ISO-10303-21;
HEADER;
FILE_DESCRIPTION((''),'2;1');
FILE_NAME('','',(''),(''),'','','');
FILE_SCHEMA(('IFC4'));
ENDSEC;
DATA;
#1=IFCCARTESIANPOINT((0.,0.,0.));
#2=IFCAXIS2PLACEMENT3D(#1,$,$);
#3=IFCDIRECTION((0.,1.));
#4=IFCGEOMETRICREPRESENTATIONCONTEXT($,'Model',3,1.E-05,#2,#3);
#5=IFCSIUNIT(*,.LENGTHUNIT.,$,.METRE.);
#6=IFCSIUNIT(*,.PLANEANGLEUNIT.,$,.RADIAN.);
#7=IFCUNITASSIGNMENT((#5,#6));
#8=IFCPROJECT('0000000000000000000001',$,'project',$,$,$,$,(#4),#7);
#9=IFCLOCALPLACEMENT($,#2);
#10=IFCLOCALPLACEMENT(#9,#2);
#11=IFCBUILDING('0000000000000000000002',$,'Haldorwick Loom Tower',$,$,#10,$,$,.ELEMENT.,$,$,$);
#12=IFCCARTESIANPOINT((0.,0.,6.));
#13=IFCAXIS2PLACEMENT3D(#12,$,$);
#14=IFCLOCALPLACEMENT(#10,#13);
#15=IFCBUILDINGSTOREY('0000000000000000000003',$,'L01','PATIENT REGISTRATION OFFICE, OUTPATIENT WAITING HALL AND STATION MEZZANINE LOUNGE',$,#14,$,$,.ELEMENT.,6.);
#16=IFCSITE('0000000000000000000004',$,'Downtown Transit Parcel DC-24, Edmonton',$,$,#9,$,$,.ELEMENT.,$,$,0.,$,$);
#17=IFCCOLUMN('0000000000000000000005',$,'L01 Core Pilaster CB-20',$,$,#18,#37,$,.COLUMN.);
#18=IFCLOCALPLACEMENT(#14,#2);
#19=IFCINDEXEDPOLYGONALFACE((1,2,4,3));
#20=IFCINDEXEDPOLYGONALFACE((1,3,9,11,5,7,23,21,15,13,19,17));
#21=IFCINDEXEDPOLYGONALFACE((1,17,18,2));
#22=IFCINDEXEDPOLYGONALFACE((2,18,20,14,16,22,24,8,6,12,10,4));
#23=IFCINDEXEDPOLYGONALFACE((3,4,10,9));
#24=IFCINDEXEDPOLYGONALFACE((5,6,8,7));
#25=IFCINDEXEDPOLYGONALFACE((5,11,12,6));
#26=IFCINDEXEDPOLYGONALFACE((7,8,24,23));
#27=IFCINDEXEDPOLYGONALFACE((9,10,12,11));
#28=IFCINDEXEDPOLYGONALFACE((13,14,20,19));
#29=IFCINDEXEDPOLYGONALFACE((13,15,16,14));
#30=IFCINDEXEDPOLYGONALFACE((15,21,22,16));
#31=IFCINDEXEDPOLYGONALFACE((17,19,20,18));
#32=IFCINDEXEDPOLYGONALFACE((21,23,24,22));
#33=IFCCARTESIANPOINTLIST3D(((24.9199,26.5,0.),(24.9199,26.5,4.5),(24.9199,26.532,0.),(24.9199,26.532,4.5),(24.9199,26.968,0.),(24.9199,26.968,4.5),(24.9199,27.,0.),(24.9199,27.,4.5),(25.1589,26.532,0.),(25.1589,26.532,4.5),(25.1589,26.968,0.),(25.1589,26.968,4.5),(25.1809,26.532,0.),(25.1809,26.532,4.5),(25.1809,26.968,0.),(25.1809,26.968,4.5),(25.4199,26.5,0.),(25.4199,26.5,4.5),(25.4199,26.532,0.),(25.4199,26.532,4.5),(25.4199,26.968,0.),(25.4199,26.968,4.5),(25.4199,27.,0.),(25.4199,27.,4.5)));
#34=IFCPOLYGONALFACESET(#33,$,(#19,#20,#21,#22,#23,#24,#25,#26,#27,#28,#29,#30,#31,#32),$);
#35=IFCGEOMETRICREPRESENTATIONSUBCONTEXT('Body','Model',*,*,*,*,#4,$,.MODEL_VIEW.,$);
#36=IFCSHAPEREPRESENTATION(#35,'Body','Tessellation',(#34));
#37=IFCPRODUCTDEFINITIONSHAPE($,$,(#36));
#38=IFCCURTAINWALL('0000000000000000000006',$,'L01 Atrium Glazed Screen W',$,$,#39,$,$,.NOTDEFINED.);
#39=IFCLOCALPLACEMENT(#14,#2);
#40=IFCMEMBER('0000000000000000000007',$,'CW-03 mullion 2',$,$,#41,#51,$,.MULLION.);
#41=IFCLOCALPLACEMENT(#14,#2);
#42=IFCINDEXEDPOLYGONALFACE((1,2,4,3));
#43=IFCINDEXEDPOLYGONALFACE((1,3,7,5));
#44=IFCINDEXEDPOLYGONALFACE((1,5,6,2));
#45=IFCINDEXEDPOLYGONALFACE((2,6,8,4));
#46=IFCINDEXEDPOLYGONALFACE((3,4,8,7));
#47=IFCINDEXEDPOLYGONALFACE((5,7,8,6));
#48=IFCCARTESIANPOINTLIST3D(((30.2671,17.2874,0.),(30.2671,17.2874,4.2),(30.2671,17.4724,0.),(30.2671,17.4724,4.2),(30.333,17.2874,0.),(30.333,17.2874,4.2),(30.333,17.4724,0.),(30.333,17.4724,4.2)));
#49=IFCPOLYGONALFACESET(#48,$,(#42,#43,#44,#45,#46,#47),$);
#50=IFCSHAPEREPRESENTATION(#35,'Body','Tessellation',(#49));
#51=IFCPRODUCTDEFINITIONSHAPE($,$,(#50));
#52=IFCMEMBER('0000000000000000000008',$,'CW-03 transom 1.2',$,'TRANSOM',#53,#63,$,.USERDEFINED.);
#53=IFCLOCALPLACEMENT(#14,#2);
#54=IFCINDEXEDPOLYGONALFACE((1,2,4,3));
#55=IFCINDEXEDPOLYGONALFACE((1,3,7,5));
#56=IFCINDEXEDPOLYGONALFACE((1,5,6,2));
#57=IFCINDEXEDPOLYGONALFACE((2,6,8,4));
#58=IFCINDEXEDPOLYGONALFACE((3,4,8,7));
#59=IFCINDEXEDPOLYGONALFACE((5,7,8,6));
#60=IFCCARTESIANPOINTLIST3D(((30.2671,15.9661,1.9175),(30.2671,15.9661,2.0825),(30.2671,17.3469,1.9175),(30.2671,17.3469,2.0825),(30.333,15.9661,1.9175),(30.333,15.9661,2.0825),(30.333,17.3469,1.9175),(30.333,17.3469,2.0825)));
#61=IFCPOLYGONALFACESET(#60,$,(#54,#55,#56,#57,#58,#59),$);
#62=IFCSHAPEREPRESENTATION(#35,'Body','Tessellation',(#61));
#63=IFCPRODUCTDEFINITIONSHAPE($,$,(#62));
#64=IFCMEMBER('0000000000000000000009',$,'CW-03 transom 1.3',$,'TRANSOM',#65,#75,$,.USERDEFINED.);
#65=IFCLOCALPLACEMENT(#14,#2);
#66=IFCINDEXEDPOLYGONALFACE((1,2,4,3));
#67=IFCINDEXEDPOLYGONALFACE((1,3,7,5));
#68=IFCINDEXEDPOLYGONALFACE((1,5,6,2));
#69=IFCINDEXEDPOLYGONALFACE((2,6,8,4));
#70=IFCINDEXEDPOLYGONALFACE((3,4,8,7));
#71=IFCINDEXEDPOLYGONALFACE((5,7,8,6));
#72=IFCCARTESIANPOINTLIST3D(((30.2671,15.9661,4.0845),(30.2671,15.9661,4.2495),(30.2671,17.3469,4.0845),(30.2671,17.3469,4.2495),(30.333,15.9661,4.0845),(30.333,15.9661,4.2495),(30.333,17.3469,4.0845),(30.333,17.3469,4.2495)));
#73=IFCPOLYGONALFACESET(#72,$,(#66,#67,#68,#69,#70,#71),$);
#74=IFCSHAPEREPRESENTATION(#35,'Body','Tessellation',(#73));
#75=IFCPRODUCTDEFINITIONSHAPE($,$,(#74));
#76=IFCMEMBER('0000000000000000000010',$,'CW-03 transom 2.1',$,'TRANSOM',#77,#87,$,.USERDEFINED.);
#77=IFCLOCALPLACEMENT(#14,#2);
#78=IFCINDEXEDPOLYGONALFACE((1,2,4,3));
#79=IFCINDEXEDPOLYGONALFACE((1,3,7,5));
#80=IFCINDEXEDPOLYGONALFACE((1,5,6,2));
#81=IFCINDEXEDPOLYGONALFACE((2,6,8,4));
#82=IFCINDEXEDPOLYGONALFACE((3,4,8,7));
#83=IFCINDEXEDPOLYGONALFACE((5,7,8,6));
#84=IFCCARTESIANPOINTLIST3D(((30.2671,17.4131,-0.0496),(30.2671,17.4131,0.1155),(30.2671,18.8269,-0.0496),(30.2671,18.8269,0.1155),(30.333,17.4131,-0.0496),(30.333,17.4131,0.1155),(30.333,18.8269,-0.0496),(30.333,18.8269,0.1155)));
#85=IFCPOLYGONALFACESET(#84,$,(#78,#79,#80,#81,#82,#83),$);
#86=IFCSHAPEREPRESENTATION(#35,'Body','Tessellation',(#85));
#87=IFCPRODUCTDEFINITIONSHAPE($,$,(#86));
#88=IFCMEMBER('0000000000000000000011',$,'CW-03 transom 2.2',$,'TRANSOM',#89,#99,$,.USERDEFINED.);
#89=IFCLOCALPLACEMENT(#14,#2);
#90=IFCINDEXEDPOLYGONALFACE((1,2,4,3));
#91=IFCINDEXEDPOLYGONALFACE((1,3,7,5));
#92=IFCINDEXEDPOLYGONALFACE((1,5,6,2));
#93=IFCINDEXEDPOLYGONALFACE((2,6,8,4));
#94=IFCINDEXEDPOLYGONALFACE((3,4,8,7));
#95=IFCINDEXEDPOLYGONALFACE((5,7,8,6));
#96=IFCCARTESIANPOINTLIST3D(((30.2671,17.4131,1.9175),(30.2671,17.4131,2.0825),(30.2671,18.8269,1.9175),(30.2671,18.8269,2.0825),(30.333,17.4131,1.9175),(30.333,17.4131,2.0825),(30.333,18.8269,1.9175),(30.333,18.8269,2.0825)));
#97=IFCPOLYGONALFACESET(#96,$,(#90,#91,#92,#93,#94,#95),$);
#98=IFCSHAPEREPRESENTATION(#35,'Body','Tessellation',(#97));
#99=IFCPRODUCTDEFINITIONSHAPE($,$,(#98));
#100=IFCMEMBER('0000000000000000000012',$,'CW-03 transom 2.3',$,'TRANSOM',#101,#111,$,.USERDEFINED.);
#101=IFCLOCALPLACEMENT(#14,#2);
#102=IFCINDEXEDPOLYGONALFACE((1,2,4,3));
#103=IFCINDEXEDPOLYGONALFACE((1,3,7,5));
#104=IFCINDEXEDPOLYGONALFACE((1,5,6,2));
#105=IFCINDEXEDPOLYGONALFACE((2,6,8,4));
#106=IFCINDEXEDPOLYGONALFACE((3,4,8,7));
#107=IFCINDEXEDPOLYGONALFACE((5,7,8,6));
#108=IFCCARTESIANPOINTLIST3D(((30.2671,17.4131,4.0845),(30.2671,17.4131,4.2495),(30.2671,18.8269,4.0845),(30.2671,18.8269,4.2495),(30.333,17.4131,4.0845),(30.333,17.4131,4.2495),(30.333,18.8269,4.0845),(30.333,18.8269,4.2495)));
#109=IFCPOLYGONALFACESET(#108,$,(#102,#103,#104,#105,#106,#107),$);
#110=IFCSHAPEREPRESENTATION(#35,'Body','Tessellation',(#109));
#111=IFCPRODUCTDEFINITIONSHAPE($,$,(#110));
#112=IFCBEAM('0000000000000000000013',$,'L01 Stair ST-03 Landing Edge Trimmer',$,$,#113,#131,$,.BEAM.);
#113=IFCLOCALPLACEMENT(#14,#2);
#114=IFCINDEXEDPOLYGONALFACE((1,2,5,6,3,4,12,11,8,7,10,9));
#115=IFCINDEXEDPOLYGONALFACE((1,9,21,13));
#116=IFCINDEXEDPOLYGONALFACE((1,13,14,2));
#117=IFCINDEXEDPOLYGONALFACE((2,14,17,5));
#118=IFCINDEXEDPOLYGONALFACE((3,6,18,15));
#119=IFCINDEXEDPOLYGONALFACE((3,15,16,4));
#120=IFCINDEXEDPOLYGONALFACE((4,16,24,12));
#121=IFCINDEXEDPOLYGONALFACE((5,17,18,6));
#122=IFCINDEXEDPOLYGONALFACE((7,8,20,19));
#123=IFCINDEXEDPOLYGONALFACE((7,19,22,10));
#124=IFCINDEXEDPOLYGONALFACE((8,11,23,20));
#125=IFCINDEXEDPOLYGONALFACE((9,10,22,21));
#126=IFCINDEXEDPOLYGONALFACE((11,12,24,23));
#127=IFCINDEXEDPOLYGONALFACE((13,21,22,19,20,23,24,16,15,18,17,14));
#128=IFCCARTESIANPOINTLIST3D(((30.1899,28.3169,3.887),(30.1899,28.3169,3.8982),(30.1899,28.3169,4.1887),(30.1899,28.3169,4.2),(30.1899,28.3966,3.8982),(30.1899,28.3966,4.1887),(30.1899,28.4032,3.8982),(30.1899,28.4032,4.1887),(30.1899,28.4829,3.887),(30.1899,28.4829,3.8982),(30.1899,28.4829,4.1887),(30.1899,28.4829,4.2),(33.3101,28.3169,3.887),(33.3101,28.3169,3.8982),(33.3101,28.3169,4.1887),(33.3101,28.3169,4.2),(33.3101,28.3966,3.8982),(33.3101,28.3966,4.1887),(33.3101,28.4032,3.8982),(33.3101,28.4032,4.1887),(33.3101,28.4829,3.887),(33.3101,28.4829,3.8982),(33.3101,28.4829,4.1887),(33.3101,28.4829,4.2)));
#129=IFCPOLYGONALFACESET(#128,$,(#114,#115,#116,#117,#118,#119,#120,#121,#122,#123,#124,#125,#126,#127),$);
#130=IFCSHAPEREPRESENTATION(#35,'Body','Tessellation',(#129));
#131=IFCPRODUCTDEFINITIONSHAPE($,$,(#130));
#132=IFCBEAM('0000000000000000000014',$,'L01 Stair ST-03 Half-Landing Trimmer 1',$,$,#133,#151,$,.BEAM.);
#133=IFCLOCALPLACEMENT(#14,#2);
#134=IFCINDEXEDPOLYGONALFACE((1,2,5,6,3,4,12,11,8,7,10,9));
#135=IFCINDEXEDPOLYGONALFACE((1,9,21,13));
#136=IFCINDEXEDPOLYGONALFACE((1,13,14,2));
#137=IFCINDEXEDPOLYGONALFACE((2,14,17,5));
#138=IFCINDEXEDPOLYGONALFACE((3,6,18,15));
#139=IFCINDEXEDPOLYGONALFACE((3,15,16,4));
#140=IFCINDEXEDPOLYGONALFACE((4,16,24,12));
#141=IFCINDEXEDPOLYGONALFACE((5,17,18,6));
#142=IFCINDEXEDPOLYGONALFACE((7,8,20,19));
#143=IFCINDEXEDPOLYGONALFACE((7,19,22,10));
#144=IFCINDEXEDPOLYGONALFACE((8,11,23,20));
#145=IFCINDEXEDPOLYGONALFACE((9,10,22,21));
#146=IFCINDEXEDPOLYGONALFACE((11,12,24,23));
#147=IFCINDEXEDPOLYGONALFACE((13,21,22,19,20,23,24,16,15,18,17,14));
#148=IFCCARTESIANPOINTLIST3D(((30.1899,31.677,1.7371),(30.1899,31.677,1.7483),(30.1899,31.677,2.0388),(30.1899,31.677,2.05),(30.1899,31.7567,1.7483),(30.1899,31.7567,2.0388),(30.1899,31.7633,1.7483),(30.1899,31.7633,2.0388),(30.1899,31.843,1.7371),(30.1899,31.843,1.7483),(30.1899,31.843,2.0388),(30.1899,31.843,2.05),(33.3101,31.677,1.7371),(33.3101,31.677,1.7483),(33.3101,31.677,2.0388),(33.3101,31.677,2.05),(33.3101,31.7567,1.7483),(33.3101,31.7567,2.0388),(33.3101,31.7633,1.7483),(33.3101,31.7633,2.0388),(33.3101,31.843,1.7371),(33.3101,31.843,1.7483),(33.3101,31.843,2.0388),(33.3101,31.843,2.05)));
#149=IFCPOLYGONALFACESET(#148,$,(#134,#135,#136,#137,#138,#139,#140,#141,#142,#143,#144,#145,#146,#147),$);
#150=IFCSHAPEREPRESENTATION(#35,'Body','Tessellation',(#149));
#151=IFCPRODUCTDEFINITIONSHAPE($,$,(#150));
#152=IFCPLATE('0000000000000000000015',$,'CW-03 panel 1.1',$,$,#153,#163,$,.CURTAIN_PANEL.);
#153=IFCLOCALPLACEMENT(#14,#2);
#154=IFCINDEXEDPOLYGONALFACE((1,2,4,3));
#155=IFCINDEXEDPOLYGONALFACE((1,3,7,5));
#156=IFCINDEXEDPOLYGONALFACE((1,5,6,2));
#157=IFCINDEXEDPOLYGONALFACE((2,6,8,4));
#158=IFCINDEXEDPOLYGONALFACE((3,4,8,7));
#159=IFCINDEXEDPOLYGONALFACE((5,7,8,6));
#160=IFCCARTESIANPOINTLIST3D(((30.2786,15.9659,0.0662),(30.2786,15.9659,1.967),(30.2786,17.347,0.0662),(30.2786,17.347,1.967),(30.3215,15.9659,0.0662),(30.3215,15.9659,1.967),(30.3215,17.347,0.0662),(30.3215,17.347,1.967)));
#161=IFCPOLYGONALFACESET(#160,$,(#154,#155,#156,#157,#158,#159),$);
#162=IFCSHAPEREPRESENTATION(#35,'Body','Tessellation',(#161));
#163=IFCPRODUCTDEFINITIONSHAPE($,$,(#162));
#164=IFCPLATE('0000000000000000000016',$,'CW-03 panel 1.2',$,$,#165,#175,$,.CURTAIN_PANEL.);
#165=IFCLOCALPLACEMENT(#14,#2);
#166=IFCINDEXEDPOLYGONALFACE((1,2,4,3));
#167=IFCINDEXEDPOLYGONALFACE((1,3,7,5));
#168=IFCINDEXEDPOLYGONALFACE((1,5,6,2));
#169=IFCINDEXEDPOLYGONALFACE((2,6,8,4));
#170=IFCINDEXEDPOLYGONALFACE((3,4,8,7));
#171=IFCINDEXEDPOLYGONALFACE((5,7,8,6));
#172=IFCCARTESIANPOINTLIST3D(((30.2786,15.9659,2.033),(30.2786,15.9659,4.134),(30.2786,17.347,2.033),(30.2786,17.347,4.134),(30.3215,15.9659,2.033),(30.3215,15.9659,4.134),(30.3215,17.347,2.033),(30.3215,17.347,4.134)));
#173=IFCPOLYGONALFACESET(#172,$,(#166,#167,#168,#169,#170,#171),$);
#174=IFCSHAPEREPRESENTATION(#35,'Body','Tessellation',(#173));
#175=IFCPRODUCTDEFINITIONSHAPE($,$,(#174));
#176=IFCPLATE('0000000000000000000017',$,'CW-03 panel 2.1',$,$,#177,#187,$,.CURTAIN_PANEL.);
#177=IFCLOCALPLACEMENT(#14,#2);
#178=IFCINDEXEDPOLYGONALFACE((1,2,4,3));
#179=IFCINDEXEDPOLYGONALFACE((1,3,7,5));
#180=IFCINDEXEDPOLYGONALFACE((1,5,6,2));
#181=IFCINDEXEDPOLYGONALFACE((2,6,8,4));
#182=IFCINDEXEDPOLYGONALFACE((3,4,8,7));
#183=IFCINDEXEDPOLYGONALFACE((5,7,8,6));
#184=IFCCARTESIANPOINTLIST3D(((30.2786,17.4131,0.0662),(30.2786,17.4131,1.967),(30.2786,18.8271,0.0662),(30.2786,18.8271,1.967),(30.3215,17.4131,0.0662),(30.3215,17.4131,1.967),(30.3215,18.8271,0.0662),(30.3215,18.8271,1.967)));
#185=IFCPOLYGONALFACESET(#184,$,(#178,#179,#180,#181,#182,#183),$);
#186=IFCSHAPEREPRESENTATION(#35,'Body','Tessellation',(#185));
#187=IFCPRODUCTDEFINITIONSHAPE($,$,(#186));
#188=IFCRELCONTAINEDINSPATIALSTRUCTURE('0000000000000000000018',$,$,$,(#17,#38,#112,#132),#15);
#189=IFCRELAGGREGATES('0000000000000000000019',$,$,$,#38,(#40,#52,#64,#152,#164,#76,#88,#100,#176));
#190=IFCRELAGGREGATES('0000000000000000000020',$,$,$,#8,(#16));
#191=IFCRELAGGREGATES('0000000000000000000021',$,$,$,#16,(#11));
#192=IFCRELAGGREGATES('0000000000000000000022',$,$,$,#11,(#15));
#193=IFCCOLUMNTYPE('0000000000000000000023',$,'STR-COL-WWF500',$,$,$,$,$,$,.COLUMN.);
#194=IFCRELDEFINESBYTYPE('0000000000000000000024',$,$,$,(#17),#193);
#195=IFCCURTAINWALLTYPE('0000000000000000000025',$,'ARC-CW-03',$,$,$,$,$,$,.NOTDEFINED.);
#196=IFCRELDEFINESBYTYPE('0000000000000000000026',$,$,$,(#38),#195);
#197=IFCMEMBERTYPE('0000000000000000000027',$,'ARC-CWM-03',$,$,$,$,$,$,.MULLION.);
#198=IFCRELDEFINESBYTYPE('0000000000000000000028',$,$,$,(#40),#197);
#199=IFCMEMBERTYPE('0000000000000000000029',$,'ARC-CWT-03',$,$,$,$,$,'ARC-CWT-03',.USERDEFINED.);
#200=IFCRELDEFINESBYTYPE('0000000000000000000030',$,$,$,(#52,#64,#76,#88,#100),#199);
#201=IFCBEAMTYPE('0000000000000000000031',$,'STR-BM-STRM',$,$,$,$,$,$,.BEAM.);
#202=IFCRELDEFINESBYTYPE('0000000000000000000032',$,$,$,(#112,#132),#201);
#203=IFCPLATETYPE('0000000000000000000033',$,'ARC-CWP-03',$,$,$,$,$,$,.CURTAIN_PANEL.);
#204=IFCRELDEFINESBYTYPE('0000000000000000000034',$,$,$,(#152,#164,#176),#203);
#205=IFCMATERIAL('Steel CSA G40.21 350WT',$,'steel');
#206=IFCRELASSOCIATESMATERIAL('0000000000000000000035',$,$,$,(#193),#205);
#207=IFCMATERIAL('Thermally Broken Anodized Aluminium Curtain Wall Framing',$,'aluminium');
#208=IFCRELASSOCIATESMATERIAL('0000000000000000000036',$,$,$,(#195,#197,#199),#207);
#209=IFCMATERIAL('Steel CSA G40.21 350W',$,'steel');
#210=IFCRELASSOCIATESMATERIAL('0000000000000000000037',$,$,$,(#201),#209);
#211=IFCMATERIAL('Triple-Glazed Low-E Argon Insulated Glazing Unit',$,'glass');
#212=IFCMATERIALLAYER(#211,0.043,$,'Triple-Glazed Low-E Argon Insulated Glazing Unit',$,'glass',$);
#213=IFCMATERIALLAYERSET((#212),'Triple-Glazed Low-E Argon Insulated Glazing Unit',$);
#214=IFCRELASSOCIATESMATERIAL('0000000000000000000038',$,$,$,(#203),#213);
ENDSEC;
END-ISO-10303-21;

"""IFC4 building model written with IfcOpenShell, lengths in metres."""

from ifc_helpers import new_model, si_unit, direction, frame, origin, origin_2d, place, context, subcontext, project, spatial, rectangle, i_section, extrude, material, layer, layer_set, material_profile, profile_set, type_object, element, aggregate, save


model = new_model("IFC4")

# Units and contexts
model_context = context("Model", 3, precision=1e-05, world=origin(), true_north=direction((0.0, 1.0)))
body_context = subcontext(model_context, "Body", "Model", "MODEL_VIEW")
ifc_project = project(units=[si_unit("LENGTHUNIT", "METRE"), si_unit("PLANEANGLEUNIT", "RADIAN")], contexts=[model_context])

# Site, building, storey
site_placement = place(None, origin())
site = spatial("IfcSite", under=ifc_project, at=site_placement, Name="Downtown Transit Parcel DC-24, Edmonton", CompositionType="ELEMENT", RefElevation=0.0)
building_placement = place(site_placement, origin())
building = spatial("IfcBuilding", under=site, at=building_placement, Name="Haldorwick Loom Tower", CompositionType="ELEMENT")
storey_placement = place(building_placement, frame((0.0, 0.0, 6.0)))
storey = spatial("IfcBuildingStorey", under=building, at=storey_placement, Name="L01", Description="PATIENT REGISTRATION OFFICE, OUTPATIENT WAITING HALL AND STATION MEZZANINE LOUNGE", CompositionType="ELEMENT", Elevation=6.0)

# Column
ifc_material_1 = material(Name="Steel CSA G40.21 350WT", Category="steel")
ifc_material_profile_1 = material_profile(ifc_material_1, i_section(OverallWidth=0.5, OverallDepth=0.5, WebThickness=0.022, FlangeThickness=0.032, at=origin_2d()), Name="WWF500X500", Category="steel")
ifc_profile_set_1 = profile_set([ifc_material_profile_1], Name="Steel CSA G40.21 350WT")
column_type = type_object("IfcColumnType", Name="STR-COL-WWF500", PredefinedType="COLUMN", material=ifc_profile_set_1)
column_placement = place(storey_placement, frame((25.1699, 26.75, 0.0), z_axis=(0.0, 0.0, 1.0), x_axis=(1.0, 0.0, 0.0)))
element("IfcColumn", 1, at=column_placement, inside=storey, type_object=column_type, Name="L01 Core Pilaster CB-20", PredefinedType="COLUMN", context=body_context, shape_type="SweptSolid", body=[
    extrude(i_section(OverallWidth=0.5, OverallDepth=0.5, WebThickness=0.022, FlangeThickness=0.032, at=origin_2d()), origin(), (0.0, 0.0, 1.0), 4.5),
])

# Curtain wall, members
ifc_material_2 = material(Name="Thermally Broken Anodized Aluminium Curtain Wall Framing", Category="aluminium")
curtain_wall_type = type_object("IfcCurtainWallType", Name="ARC-CW-03", PredefinedType="NOTDEFINED", material=ifc_material_2)
curtain_wall_placement = place(storey_placement, origin())
curtain_wall = element("IfcCurtainWall", 2, at=curtain_wall_placement, inside=storey, type_object=curtain_wall_type, Name="L01 Atrium Glazed Screen W", PredefinedType="NOTDEFINED")
ifc_material_profile_2 = material_profile(ifc_material_2, rectangle(XDim=0.0659, YDim=0.1851, at=origin_2d()), Name="ALU_MUL_66X185", Category="aluminium")
ifc_profile_set_2 = profile_set([ifc_material_profile_2], Name="Thermally Broken Anodized Aluminium Curtain Wall Framing")
member_type_1 = type_object("IfcMemberType", Name="ARC-CWM-03", PredefinedType="MULLION", material=ifc_profile_set_2)
member_1_placement = place(storey_placement, frame((30.3, 17.3799, 0.0), z_axis=(0.0, 0.0, 1.0), x_axis=(-1.0, 0.0, 0.0)))
member_1 = element("IfcMember", 3, at=member_1_placement, type_object=member_type_1, Name="CW-03 mullion 2", PredefinedType="MULLION", context=body_context, shape_type="SweptSolid", body=[
    extrude(rectangle(XDim=0.0659, YDim=0.1851, at=origin_2d()), origin(), (0.0, 0.0, 1.0), 4.2),
])
ifc_material_profile_3 = material_profile(ifc_material_2, rectangle(XDim=0.0659, YDim=0.165, at=origin_2d()), Name="ALU_TRN_66X165", Category="aluminium")
ifc_profile_set_3 = profile_set([ifc_material_profile_3], Name="Thermally Broken Anodized Aluminium Curtain Wall Framing")
member_type_2 = type_object("IfcMemberType", Name="ARC-CWT-03", ElementType="ARC-CWT-03", PredefinedType="USERDEFINED", material=ifc_profile_set_3)
member_2_placement = place(storey_placement, frame((30.3, 15.9661, 2.0), z_axis=(0.0, 1.0, 0.0), x_axis=(-1.0, 0.0, 0.0)))
member_2 = element("IfcMember", 4, at=member_2_placement, type_object=member_type_2, Name="CW-03 transom 1.2", ObjectType="TRANSOM", PredefinedType="USERDEFINED", context=body_context, shape_type="SweptSolid", body=[
    extrude(rectangle(XDim=0.0659, YDim=0.165, at=origin_2d()), origin(), (0.0, 0.0, 1.0), 1.3809),
])
member_3_placement = place(storey_placement, frame((30.3, 15.9661, 4.167), z_axis=(0.0, 1.0, 0.0), x_axis=(-1.0, 0.0, 0.0)))
member_3 = element("IfcMember", 5, at=member_3_placement, type_object=member_type_2, Name="CW-03 transom 1.3", ObjectType="TRANSOM", PredefinedType="USERDEFINED", context=body_context, shape_type="SweptSolid", body=[
    extrude(rectangle(XDim=0.0659, YDim=0.165, at=origin_2d()), origin(), (0.0, 0.0, 1.0), 1.3809),
])
member_4_placement = place(storey_placement, frame((30.3, 17.4131, 0.033), z_axis=(0.0, 1.0, 0.0), x_axis=(-1.0, 0.0, 0.0)))
member_4 = element("IfcMember", 6, at=member_4_placement, type_object=member_type_2, Name="CW-03 transom 2.1", ObjectType="TRANSOM", PredefinedType="USERDEFINED", context=body_context, shape_type="SweptSolid", body=[
    extrude(rectangle(XDim=0.0659, YDim=0.165, at=origin_2d()), origin(), (0.0, 0.0, 1.0), 1.4138),
])
member_5_placement = place(storey_placement, frame((30.3, 17.4131, 2.0), z_axis=(0.0, 1.0, 0.0), x_axis=(-1.0, 0.0, 0.0)))
member_5 = element("IfcMember", 7, at=member_5_placement, type_object=member_type_2, Name="CW-03 transom 2.2", ObjectType="TRANSOM", PredefinedType="USERDEFINED", context=body_context, shape_type="SweptSolid", body=[
    extrude(rectangle(XDim=0.0659, YDim=0.165, at=origin_2d()), origin(), (0.0, 0.0, 1.0), 1.4138),
])
member_6_placement = place(storey_placement, frame((30.3, 17.4131, 4.167), z_axis=(0.0, 1.0, 0.0), x_axis=(-1.0, 0.0, 0.0)))
member_6 = element("IfcMember", 8, at=member_6_placement, type_object=member_type_2, Name="CW-03 transom 2.3", ObjectType="TRANSOM", PredefinedType="USERDEFINED", context=body_context, shape_type="SweptSolid", body=[
    extrude(rectangle(XDim=0.0659, YDim=0.165, at=origin_2d()), origin(), (0.0, 0.0, 1.0), 1.4138),
])

# Beams
ifc_material_3 = material(Name="Steel CSA G40.21 350W", Category="steel")
ifc_material_profile_4 = material_profile(ifc_material_3, i_section(OverallWidth=0.166, OverallDepth=0.313, WebThickness=0.0066, FlangeThickness=0.0112, at=origin_2d()), Name="W310X45", Category="steel")
ifc_profile_set_4 = profile_set([ifc_material_profile_4], Name="Steel CSA G40.21 350W")
beam_type = type_object("IfcBeamType", Name="STR-BM-STRM", PredefinedType="BEAM", material=ifc_profile_set_4)
for number, where, z_axis, x_axis, name in (
    (9, (30.1899, 28.3999, 4.0435), (1.0, 0.0, 0.0), (0.0, 1.0, 0.0), "L01 Stair ST-03 Landing Edge Trimmer"),
    (10, (30.1899, 31.76, 1.8936), (1.0, 0.0, 0.0), (0.0, 1.0, 0.0), "L01 Stair ST-03 Half-Landing Trimmer 1"),
):
    element("IfcBeam", number, at=place(storey_placement, frame(where, z_axis=z_axis, x_axis=x_axis)), inside=storey, type_object=beam_type, Name=name, PredefinedType="BEAM", context=body_context, shape_type="SweptSolid", body=[
        extrude(i_section(OverallWidth=0.166, OverallDepth=0.313, WebThickness=0.0066, FlangeThickness=0.0112, at=origin_2d()), origin(), (0.0, 0.0, 1.0), 3.1201),
    ])

# Plates
ifc_material_4 = material(Name="Triple-Glazed Low-E Argon Insulated Glazing Unit", Category="glass")
ifc_layer_1 = layer(ifc_material_4, 0.043, Name="Triple-Glazed Low-E Argon Insulated Glazing Unit", Category="glass")
ifc_layer_set_1 = layer_set([ifc_layer_1], Name="Triple-Glazed Low-E Argon Insulated Glazing Unit")
plate_type = type_object("IfcPlateType", Name="ARC-CWP-03", PredefinedType="CURTAIN_PANEL", material=ifc_layer_set_1)
plate_1_placement = place(storey_placement, frame((30.3, 16.6565, 0.0662), z_axis=(0.0, 0.0, 1.0), x_axis=(0.0, 1.0, 0.0)))
plate_1 = element("IfcPlate", 11, at=plate_1_placement, type_object=plate_type, Name="CW-03 panel 1.1", PredefinedType="CURTAIN_PANEL", context=body_context, shape_type="SweptSolid", body=[
    extrude(rectangle(XDim=1.3811, YDim=0.043, at=origin_2d()), origin(), (0.0, 0.0, 1.0), 1.9009),
])
plate_2_placement = place(storey_placement, frame((30.3, 16.6565, 2.033), z_axis=(0.0, 0.0, 1.0), x_axis=(0.0, 1.0, 0.0)))
plate_2 = element("IfcPlate", 12, at=plate_2_placement, type_object=plate_type, Name="CW-03 panel 1.2", PredefinedType="CURTAIN_PANEL", context=body_context, shape_type="SweptSolid", body=[
    extrude(rectangle(XDim=1.3811, YDim=0.043, at=origin_2d()), origin(), (0.0, 0.0, 1.0), 2.1011),
])
plate_3_placement = place(storey_placement, frame((30.3, 18.1201, 0.0662), z_axis=(0.0, 0.0, 1.0), x_axis=(0.0, 1.0, 0.0)))
plate_3 = element("IfcPlate", 13, at=plate_3_placement, type_object=plate_type, Name="CW-03 panel 2.1", PredefinedType="CURTAIN_PANEL", context=body_context, shape_type="SweptSolid", body=[
    extrude(rectangle(XDim=1.4141, YDim=0.043, at=origin_2d()), origin(), (0.0, 0.0, 1.0), 1.9009),
])
aggregate(curtain_wall, [member_1, member_2, member_3, plate_1, plate_2, member_4, member_5, member_6, plate_3])

save(model, "model.ifc")
